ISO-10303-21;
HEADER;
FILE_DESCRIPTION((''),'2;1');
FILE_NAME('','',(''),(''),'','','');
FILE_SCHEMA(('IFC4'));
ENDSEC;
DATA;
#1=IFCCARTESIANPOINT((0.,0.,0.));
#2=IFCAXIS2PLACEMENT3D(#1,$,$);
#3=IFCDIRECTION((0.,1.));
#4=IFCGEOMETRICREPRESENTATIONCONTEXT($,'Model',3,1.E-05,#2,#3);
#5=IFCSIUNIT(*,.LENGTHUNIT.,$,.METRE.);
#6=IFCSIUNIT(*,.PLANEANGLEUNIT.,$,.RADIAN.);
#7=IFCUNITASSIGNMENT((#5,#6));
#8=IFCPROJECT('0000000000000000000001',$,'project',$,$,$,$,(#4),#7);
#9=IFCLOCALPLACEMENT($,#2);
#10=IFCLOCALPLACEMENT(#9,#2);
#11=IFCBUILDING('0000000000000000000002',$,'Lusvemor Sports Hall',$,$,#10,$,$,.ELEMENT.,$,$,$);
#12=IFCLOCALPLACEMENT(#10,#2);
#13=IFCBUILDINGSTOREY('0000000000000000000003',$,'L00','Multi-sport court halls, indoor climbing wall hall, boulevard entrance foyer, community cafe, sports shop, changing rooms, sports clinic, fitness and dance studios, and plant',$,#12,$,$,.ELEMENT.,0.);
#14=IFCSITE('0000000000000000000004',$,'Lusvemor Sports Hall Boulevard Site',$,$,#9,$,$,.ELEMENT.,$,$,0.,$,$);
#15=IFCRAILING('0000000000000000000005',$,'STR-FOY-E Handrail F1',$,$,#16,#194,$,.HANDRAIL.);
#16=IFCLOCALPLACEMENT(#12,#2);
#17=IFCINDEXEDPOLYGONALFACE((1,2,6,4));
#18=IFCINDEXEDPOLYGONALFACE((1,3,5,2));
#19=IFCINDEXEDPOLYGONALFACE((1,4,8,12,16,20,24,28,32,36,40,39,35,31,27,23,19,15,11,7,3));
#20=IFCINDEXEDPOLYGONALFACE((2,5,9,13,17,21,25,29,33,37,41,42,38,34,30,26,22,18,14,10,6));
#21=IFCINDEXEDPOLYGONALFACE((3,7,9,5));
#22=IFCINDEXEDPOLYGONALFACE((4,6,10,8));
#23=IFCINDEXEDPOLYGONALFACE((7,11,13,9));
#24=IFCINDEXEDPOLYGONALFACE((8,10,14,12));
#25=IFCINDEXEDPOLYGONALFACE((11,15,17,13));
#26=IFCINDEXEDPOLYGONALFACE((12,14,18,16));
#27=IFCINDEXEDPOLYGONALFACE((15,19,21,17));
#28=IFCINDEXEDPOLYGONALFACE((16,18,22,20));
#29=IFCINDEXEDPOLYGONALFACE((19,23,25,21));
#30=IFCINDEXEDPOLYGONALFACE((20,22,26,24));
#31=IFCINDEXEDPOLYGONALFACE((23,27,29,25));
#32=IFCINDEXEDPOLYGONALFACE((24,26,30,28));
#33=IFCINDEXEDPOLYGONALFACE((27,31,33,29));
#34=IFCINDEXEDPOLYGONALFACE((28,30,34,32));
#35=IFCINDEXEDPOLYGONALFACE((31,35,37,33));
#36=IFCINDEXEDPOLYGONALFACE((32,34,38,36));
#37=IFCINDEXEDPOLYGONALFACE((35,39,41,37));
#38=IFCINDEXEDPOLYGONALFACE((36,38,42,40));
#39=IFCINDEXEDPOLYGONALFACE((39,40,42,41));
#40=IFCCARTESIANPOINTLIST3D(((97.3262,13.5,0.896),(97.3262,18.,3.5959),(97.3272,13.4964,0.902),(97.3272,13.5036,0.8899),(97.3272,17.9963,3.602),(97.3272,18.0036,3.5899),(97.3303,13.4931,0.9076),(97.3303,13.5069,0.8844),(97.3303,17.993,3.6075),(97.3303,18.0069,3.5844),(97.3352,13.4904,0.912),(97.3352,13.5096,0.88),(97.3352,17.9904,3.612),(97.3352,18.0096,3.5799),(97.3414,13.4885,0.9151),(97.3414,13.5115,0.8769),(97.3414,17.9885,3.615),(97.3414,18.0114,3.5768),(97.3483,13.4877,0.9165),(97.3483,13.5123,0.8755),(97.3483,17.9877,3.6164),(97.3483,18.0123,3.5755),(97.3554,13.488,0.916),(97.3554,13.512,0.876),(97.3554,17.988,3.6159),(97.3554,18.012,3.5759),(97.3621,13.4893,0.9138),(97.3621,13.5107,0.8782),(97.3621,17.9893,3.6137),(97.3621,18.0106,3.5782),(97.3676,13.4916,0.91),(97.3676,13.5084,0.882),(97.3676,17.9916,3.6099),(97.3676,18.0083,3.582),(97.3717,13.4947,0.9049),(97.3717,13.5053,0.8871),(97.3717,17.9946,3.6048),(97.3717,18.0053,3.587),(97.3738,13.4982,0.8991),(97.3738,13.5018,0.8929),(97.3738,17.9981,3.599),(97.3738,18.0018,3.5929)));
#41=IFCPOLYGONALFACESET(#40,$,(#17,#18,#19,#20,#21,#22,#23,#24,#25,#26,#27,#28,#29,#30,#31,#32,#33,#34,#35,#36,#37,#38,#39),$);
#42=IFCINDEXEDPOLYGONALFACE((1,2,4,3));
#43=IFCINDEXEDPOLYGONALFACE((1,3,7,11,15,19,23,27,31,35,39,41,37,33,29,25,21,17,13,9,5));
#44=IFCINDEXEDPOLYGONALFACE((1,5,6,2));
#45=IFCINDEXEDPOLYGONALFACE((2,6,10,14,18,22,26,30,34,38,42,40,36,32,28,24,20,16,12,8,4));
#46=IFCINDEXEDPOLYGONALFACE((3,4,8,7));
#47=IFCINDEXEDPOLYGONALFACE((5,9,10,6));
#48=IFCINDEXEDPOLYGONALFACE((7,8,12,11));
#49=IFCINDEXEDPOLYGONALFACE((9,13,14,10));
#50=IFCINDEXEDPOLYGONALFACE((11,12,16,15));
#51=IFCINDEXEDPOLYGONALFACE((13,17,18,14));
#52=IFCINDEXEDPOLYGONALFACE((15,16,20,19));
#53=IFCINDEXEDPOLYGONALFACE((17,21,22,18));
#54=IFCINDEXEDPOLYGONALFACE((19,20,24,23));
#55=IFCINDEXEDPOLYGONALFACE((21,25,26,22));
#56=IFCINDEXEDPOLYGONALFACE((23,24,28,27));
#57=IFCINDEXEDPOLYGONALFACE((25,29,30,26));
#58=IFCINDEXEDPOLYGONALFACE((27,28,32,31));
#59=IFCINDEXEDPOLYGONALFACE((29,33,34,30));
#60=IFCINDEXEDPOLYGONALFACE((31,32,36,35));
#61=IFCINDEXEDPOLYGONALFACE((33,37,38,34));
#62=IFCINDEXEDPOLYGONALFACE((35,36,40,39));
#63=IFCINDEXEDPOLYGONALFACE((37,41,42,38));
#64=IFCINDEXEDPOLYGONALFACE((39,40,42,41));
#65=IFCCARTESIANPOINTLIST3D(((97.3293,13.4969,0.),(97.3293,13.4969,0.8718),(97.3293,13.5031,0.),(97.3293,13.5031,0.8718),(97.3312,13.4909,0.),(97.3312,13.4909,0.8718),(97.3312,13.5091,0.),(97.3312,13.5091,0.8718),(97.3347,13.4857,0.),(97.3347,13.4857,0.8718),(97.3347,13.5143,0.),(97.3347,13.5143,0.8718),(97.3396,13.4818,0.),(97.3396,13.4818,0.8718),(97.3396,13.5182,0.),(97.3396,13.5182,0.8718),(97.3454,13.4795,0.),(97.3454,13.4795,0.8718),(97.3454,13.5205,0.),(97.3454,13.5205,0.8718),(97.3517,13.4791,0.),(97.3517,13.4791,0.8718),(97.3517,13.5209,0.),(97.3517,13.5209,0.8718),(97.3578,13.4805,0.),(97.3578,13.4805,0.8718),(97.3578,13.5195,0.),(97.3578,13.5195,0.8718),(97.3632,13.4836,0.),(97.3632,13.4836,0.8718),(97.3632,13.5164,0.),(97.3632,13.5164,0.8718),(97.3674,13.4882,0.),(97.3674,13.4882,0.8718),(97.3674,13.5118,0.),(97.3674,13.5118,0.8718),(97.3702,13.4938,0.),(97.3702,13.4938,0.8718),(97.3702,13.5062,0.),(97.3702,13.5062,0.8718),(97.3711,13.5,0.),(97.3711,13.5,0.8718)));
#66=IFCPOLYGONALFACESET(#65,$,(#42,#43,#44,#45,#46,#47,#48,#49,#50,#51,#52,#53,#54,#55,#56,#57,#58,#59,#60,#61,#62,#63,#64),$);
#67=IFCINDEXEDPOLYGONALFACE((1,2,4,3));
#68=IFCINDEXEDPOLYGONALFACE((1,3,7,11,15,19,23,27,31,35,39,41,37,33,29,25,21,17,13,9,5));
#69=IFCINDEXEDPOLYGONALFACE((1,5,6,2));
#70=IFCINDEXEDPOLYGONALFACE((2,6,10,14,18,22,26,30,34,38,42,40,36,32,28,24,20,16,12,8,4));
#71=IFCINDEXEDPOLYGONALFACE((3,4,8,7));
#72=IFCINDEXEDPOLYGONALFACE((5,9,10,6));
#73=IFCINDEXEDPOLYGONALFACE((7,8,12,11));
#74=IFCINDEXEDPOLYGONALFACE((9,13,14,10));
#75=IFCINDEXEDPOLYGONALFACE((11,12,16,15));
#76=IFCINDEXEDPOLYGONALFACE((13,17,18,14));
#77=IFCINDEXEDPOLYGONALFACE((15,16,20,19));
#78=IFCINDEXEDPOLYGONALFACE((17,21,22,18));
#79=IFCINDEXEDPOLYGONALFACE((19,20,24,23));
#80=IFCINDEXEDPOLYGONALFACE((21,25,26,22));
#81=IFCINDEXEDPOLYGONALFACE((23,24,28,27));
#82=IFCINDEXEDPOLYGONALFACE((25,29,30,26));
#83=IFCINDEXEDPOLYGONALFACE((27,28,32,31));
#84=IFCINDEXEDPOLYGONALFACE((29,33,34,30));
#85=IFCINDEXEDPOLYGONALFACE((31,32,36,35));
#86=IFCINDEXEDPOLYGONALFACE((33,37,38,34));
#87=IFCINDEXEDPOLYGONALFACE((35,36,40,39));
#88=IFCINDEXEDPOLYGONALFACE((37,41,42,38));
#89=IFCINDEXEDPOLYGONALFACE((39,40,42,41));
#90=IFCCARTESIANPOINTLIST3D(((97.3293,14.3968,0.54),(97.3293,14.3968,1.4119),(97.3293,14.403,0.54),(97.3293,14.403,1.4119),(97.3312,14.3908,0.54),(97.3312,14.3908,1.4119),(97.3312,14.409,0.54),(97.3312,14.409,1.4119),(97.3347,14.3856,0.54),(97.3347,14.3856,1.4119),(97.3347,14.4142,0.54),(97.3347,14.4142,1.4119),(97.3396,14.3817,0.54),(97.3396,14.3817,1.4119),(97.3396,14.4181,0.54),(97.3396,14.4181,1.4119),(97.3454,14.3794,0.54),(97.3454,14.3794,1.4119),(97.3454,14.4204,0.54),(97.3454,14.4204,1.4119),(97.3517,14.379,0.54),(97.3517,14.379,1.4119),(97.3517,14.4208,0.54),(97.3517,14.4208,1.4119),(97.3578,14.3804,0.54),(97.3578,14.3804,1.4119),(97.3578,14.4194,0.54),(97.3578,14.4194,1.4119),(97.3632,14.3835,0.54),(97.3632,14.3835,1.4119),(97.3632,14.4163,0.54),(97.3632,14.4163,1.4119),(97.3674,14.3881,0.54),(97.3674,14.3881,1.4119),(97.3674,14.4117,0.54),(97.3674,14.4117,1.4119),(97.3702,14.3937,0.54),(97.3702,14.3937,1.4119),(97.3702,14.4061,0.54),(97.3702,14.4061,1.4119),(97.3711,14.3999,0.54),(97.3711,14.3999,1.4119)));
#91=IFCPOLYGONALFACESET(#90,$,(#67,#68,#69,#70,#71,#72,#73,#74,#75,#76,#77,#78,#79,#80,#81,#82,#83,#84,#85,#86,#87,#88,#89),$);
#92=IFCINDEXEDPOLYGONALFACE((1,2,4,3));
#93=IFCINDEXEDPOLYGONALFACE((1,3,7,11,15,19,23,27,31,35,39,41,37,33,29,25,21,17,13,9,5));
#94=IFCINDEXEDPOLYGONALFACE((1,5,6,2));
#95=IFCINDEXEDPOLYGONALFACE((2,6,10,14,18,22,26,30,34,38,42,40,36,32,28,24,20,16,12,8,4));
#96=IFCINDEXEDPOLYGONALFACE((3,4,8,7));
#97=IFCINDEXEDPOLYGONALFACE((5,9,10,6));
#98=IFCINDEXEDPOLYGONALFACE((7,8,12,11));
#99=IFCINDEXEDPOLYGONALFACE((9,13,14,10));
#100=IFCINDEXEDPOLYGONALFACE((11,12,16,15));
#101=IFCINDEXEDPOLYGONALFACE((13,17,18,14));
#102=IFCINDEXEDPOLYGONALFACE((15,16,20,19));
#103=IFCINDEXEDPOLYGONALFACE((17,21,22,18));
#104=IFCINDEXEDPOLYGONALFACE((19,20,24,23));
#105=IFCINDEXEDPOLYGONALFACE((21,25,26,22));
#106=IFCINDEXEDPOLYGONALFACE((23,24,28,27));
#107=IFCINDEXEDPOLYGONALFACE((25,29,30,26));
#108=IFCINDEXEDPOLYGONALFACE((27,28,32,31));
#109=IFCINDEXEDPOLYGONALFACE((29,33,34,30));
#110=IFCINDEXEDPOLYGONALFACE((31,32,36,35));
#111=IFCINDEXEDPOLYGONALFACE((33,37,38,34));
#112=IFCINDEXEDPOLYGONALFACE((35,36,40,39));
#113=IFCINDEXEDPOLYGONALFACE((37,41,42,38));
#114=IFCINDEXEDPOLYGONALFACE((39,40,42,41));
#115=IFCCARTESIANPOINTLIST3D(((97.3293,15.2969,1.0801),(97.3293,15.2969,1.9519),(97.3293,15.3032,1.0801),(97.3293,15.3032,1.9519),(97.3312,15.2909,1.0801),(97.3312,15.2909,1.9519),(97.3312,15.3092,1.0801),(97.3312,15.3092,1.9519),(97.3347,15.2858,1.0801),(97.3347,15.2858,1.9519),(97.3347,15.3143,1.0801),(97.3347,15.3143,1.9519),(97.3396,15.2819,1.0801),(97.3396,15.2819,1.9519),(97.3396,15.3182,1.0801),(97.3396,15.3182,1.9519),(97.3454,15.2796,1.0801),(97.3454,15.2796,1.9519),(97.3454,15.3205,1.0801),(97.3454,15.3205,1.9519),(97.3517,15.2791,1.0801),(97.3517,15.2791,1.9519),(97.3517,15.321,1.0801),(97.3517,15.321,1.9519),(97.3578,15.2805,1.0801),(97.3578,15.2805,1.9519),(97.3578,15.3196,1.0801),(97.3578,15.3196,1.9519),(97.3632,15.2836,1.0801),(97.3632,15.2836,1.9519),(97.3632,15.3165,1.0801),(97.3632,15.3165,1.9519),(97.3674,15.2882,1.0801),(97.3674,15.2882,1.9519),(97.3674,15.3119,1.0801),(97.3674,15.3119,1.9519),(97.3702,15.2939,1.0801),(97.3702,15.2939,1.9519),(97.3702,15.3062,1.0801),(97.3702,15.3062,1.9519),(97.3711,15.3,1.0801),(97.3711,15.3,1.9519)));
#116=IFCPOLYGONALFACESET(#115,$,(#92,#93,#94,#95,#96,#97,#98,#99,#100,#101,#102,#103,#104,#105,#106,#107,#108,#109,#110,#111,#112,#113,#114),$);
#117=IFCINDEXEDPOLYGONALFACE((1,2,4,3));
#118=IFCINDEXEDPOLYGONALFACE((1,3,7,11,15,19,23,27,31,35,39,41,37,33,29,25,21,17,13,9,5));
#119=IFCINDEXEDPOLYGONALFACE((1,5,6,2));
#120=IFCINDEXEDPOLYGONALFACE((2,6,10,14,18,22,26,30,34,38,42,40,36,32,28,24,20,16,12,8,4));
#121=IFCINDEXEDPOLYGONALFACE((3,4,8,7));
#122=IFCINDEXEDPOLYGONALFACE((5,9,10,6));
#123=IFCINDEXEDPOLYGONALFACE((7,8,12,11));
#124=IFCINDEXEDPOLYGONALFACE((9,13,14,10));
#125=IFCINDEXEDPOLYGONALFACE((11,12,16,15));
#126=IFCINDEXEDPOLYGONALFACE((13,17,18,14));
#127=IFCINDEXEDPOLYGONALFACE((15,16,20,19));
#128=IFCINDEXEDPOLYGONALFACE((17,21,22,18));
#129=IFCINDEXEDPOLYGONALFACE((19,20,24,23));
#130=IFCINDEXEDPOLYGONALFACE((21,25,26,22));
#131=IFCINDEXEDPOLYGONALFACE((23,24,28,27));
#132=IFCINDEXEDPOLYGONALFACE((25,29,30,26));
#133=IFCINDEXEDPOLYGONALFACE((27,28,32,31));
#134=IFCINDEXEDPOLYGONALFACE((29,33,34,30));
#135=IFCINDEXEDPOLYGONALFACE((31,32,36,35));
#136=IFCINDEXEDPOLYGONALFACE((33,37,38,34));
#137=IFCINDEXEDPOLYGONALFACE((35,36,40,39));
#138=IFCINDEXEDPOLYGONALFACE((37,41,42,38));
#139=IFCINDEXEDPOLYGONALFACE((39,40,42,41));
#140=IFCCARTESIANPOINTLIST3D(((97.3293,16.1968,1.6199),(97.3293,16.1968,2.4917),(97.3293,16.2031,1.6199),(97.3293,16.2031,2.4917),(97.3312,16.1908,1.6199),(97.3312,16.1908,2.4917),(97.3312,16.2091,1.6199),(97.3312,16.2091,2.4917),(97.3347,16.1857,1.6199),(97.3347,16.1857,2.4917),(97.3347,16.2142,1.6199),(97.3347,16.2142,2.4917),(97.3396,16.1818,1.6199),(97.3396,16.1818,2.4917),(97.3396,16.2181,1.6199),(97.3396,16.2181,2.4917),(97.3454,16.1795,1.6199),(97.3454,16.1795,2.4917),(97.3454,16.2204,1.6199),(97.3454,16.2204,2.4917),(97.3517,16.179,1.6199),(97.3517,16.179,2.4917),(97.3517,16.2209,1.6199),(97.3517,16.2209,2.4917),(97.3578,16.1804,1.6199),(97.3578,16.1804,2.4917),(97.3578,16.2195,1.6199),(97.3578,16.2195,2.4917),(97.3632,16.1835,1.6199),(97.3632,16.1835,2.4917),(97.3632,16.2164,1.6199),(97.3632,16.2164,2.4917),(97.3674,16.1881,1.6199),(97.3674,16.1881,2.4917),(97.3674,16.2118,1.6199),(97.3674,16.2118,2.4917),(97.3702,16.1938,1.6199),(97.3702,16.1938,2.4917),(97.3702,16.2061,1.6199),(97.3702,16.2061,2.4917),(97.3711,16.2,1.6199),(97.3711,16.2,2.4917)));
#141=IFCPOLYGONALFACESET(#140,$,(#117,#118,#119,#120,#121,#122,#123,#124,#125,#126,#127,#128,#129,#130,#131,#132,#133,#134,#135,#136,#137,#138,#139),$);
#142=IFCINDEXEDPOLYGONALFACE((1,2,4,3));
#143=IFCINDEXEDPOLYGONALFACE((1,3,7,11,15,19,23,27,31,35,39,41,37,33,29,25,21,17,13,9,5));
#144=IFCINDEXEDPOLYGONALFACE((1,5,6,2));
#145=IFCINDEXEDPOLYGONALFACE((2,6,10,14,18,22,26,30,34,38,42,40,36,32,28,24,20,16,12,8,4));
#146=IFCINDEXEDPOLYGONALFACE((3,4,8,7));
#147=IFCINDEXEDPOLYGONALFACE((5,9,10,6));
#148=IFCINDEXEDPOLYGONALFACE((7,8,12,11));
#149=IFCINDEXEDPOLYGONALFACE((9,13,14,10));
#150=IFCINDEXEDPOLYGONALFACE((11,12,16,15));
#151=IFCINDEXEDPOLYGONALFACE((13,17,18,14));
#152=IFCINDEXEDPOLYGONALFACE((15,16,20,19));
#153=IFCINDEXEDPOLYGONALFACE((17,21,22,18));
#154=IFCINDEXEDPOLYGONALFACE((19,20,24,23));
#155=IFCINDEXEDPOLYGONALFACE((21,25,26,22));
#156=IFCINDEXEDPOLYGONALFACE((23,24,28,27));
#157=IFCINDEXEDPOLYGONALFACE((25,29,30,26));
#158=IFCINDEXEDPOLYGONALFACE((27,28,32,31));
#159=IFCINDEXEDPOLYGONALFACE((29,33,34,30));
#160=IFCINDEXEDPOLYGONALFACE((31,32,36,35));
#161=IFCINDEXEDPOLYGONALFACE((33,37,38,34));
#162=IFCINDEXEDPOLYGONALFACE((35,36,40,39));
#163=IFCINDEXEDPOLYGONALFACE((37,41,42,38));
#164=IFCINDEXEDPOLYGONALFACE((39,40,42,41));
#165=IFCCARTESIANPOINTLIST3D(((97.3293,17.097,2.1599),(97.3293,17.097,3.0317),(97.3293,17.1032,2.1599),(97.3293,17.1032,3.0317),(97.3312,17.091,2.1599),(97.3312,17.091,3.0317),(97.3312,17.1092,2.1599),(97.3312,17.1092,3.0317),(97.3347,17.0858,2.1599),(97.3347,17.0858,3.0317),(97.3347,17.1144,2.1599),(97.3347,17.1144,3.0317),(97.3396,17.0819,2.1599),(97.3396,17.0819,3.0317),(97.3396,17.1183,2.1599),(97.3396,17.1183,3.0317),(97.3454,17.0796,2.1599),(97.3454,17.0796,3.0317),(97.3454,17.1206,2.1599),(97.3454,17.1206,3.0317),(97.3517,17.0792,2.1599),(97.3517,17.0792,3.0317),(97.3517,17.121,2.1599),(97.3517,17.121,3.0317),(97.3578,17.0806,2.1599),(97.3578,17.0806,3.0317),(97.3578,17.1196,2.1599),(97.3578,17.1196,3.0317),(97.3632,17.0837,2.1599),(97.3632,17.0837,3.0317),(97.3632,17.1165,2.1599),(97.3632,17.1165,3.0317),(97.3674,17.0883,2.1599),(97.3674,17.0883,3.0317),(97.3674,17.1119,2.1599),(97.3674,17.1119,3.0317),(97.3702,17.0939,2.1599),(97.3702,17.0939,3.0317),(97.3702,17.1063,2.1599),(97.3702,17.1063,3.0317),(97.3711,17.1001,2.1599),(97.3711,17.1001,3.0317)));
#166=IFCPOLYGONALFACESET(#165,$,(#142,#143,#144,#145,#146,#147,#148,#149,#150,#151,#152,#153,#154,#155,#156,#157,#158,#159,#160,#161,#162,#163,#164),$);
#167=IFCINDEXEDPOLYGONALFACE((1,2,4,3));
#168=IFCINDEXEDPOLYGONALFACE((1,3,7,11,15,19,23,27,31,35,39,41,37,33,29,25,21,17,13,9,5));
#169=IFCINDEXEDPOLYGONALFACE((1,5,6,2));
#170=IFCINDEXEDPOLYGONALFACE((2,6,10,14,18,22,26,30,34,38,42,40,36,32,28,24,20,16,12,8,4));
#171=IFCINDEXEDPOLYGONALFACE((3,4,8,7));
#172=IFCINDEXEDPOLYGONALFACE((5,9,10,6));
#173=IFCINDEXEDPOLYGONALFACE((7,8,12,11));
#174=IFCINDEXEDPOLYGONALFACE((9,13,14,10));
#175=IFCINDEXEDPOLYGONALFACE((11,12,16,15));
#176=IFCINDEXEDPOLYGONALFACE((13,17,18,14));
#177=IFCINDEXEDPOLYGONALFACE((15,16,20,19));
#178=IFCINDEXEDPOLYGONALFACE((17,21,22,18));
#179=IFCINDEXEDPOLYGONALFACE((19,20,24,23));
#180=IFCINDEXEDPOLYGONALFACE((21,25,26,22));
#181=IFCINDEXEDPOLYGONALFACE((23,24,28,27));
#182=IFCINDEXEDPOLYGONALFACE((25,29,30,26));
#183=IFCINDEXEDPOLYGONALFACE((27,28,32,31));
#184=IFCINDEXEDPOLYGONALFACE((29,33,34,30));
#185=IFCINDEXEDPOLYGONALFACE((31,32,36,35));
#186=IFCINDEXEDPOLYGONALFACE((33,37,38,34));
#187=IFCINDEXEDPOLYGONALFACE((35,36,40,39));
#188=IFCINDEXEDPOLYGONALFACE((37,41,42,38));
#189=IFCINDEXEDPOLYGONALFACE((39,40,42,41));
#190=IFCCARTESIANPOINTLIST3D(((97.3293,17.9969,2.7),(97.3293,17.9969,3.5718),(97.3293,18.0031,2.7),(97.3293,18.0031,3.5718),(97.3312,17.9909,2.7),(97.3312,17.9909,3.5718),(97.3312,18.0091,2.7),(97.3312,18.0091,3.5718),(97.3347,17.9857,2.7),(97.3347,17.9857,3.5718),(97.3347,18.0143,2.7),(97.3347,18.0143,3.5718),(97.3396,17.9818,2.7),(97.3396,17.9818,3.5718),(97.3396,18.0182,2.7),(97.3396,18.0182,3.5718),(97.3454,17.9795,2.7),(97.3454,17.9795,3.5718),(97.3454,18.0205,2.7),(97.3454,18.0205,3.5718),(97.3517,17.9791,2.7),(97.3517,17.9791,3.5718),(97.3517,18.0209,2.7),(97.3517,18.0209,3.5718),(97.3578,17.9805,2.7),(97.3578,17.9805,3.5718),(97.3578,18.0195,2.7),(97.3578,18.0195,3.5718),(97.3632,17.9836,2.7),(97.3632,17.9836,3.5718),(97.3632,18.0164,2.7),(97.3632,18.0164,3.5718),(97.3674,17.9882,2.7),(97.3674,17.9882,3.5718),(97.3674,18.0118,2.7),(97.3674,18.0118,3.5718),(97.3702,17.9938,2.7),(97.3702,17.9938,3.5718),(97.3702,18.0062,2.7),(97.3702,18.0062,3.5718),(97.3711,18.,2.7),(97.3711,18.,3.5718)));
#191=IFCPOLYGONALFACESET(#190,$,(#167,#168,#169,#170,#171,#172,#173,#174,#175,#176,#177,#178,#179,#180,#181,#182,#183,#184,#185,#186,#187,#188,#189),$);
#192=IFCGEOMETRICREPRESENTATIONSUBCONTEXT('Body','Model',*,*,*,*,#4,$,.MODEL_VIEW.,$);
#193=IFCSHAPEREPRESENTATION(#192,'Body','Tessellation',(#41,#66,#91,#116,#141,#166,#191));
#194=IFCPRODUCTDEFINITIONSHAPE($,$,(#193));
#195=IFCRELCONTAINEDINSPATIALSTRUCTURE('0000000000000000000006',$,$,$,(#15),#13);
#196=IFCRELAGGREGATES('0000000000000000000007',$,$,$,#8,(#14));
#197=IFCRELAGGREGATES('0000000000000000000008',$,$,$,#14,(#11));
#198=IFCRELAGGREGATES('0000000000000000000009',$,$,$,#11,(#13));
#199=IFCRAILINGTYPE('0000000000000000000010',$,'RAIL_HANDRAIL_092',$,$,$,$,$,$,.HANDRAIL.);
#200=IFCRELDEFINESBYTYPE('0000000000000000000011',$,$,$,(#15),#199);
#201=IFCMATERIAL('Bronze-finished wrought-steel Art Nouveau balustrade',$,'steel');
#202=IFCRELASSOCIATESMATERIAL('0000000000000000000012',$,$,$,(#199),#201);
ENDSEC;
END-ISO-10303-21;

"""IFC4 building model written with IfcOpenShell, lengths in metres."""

from ifc_helpers import new_model, si_unit, direction, frame, origin, origin_2d, place, context, subcontext, project, spatial, circle, extrude, material, type_object, element, save


model = new_model("IFC4")

# Units and contexts
model_context = context("Model", 3, precision=1e-05, world=origin(), true_north=direction((0.0, 1.0)))
body_context = subcontext(model_context, "Body", "Model", "MODEL_VIEW")
ifc_project = project(units=[si_unit("LENGTHUNIT", "METRE"), si_unit("PLANEANGLEUNIT", "RADIAN")], contexts=[model_context])

# Site, building, storey
site_placement = place(None, origin())
site = spatial("IfcSite", under=ifc_project, at=site_placement, Name="Lusvemor Sports Hall Boulevard Site", CompositionType="ELEMENT", RefElevation=0.0)
building_placement = place(site_placement, origin())
building = spatial("IfcBuilding", under=site, at=building_placement, Name="Lusvemor Sports Hall", CompositionType="ELEMENT")
storey_placement = place(building_placement, origin())
storey = spatial("IfcBuildingStorey", under=building, at=storey_placement, Name="L00", Description="Multi-sport court halls, indoor climbing wall hall, boulevard entrance foyer, community cafe, sports shop, changing rooms, sports clinic, fitness and dance studios, and plant", CompositionType="ELEMENT", Elevation=0.0)

# Railing
ifc_material_1 = material(Name="Bronze-finished wrought-steel Art Nouveau balustrade", Category="steel")
railing_type_1 = type_object("IfcRailingType", Name="RAIL_HANDRAIL_092", PredefinedType="HANDRAIL", material=ifc_material_1)
railing_1_placement = place(storey_placement, frame((97.3501, 13.5, 0.0)))
element("IfcRailing", 1, at=railing_1_placement, inside=storey, type_object=railing_type_1, Name="STR-FOY-E Handrail F1", PredefinedType="HANDRAIL", context=body_context, shape_type="SweptSolid", body=[
    extrude(circle(Radius=0.0239, at=origin_2d()), frame((0.0, 0.0, 0.896), z_axis=(0.0, 0.857497, 0.514489), x_axis=(-1.0, 0.0, 0.0)), (0.0, 0.0, 1.0), 5.2478),
    extrude(circle(Radius=0.021, at=origin_2d()), origin(), (0.0, 0.0, 1.0), 0.8718),
    extrude(circle(Radius=0.021, at=origin_2d()), frame((0.0, 0.8999, 0.54)), (0.0, 0.0, 1.0), 0.8718),
    extrude(circle(Radius=0.021, at=origin_2d()), frame((0.0, 1.8, 1.0801)), (0.0, 0.0, 1.0), 0.8718),
    extrude(circle(Radius=0.021, at=origin_2d()), frame((0.0, 2.7, 1.6199)), (0.0, 0.0, 1.0), 0.8718),
    extrude(circle(Radius=0.021, at=origin_2d()), frame((0.0, 3.6001, 2.1599)), (0.0, 0.0, 1.0), 0.8718),
    extrude(circle(Radius=0.021, at=origin_2d()), frame((0.0, 4.5, 2.7)), (0.0, 0.0, 1.0), 0.8718),
])

save(model, "model.ifc")
